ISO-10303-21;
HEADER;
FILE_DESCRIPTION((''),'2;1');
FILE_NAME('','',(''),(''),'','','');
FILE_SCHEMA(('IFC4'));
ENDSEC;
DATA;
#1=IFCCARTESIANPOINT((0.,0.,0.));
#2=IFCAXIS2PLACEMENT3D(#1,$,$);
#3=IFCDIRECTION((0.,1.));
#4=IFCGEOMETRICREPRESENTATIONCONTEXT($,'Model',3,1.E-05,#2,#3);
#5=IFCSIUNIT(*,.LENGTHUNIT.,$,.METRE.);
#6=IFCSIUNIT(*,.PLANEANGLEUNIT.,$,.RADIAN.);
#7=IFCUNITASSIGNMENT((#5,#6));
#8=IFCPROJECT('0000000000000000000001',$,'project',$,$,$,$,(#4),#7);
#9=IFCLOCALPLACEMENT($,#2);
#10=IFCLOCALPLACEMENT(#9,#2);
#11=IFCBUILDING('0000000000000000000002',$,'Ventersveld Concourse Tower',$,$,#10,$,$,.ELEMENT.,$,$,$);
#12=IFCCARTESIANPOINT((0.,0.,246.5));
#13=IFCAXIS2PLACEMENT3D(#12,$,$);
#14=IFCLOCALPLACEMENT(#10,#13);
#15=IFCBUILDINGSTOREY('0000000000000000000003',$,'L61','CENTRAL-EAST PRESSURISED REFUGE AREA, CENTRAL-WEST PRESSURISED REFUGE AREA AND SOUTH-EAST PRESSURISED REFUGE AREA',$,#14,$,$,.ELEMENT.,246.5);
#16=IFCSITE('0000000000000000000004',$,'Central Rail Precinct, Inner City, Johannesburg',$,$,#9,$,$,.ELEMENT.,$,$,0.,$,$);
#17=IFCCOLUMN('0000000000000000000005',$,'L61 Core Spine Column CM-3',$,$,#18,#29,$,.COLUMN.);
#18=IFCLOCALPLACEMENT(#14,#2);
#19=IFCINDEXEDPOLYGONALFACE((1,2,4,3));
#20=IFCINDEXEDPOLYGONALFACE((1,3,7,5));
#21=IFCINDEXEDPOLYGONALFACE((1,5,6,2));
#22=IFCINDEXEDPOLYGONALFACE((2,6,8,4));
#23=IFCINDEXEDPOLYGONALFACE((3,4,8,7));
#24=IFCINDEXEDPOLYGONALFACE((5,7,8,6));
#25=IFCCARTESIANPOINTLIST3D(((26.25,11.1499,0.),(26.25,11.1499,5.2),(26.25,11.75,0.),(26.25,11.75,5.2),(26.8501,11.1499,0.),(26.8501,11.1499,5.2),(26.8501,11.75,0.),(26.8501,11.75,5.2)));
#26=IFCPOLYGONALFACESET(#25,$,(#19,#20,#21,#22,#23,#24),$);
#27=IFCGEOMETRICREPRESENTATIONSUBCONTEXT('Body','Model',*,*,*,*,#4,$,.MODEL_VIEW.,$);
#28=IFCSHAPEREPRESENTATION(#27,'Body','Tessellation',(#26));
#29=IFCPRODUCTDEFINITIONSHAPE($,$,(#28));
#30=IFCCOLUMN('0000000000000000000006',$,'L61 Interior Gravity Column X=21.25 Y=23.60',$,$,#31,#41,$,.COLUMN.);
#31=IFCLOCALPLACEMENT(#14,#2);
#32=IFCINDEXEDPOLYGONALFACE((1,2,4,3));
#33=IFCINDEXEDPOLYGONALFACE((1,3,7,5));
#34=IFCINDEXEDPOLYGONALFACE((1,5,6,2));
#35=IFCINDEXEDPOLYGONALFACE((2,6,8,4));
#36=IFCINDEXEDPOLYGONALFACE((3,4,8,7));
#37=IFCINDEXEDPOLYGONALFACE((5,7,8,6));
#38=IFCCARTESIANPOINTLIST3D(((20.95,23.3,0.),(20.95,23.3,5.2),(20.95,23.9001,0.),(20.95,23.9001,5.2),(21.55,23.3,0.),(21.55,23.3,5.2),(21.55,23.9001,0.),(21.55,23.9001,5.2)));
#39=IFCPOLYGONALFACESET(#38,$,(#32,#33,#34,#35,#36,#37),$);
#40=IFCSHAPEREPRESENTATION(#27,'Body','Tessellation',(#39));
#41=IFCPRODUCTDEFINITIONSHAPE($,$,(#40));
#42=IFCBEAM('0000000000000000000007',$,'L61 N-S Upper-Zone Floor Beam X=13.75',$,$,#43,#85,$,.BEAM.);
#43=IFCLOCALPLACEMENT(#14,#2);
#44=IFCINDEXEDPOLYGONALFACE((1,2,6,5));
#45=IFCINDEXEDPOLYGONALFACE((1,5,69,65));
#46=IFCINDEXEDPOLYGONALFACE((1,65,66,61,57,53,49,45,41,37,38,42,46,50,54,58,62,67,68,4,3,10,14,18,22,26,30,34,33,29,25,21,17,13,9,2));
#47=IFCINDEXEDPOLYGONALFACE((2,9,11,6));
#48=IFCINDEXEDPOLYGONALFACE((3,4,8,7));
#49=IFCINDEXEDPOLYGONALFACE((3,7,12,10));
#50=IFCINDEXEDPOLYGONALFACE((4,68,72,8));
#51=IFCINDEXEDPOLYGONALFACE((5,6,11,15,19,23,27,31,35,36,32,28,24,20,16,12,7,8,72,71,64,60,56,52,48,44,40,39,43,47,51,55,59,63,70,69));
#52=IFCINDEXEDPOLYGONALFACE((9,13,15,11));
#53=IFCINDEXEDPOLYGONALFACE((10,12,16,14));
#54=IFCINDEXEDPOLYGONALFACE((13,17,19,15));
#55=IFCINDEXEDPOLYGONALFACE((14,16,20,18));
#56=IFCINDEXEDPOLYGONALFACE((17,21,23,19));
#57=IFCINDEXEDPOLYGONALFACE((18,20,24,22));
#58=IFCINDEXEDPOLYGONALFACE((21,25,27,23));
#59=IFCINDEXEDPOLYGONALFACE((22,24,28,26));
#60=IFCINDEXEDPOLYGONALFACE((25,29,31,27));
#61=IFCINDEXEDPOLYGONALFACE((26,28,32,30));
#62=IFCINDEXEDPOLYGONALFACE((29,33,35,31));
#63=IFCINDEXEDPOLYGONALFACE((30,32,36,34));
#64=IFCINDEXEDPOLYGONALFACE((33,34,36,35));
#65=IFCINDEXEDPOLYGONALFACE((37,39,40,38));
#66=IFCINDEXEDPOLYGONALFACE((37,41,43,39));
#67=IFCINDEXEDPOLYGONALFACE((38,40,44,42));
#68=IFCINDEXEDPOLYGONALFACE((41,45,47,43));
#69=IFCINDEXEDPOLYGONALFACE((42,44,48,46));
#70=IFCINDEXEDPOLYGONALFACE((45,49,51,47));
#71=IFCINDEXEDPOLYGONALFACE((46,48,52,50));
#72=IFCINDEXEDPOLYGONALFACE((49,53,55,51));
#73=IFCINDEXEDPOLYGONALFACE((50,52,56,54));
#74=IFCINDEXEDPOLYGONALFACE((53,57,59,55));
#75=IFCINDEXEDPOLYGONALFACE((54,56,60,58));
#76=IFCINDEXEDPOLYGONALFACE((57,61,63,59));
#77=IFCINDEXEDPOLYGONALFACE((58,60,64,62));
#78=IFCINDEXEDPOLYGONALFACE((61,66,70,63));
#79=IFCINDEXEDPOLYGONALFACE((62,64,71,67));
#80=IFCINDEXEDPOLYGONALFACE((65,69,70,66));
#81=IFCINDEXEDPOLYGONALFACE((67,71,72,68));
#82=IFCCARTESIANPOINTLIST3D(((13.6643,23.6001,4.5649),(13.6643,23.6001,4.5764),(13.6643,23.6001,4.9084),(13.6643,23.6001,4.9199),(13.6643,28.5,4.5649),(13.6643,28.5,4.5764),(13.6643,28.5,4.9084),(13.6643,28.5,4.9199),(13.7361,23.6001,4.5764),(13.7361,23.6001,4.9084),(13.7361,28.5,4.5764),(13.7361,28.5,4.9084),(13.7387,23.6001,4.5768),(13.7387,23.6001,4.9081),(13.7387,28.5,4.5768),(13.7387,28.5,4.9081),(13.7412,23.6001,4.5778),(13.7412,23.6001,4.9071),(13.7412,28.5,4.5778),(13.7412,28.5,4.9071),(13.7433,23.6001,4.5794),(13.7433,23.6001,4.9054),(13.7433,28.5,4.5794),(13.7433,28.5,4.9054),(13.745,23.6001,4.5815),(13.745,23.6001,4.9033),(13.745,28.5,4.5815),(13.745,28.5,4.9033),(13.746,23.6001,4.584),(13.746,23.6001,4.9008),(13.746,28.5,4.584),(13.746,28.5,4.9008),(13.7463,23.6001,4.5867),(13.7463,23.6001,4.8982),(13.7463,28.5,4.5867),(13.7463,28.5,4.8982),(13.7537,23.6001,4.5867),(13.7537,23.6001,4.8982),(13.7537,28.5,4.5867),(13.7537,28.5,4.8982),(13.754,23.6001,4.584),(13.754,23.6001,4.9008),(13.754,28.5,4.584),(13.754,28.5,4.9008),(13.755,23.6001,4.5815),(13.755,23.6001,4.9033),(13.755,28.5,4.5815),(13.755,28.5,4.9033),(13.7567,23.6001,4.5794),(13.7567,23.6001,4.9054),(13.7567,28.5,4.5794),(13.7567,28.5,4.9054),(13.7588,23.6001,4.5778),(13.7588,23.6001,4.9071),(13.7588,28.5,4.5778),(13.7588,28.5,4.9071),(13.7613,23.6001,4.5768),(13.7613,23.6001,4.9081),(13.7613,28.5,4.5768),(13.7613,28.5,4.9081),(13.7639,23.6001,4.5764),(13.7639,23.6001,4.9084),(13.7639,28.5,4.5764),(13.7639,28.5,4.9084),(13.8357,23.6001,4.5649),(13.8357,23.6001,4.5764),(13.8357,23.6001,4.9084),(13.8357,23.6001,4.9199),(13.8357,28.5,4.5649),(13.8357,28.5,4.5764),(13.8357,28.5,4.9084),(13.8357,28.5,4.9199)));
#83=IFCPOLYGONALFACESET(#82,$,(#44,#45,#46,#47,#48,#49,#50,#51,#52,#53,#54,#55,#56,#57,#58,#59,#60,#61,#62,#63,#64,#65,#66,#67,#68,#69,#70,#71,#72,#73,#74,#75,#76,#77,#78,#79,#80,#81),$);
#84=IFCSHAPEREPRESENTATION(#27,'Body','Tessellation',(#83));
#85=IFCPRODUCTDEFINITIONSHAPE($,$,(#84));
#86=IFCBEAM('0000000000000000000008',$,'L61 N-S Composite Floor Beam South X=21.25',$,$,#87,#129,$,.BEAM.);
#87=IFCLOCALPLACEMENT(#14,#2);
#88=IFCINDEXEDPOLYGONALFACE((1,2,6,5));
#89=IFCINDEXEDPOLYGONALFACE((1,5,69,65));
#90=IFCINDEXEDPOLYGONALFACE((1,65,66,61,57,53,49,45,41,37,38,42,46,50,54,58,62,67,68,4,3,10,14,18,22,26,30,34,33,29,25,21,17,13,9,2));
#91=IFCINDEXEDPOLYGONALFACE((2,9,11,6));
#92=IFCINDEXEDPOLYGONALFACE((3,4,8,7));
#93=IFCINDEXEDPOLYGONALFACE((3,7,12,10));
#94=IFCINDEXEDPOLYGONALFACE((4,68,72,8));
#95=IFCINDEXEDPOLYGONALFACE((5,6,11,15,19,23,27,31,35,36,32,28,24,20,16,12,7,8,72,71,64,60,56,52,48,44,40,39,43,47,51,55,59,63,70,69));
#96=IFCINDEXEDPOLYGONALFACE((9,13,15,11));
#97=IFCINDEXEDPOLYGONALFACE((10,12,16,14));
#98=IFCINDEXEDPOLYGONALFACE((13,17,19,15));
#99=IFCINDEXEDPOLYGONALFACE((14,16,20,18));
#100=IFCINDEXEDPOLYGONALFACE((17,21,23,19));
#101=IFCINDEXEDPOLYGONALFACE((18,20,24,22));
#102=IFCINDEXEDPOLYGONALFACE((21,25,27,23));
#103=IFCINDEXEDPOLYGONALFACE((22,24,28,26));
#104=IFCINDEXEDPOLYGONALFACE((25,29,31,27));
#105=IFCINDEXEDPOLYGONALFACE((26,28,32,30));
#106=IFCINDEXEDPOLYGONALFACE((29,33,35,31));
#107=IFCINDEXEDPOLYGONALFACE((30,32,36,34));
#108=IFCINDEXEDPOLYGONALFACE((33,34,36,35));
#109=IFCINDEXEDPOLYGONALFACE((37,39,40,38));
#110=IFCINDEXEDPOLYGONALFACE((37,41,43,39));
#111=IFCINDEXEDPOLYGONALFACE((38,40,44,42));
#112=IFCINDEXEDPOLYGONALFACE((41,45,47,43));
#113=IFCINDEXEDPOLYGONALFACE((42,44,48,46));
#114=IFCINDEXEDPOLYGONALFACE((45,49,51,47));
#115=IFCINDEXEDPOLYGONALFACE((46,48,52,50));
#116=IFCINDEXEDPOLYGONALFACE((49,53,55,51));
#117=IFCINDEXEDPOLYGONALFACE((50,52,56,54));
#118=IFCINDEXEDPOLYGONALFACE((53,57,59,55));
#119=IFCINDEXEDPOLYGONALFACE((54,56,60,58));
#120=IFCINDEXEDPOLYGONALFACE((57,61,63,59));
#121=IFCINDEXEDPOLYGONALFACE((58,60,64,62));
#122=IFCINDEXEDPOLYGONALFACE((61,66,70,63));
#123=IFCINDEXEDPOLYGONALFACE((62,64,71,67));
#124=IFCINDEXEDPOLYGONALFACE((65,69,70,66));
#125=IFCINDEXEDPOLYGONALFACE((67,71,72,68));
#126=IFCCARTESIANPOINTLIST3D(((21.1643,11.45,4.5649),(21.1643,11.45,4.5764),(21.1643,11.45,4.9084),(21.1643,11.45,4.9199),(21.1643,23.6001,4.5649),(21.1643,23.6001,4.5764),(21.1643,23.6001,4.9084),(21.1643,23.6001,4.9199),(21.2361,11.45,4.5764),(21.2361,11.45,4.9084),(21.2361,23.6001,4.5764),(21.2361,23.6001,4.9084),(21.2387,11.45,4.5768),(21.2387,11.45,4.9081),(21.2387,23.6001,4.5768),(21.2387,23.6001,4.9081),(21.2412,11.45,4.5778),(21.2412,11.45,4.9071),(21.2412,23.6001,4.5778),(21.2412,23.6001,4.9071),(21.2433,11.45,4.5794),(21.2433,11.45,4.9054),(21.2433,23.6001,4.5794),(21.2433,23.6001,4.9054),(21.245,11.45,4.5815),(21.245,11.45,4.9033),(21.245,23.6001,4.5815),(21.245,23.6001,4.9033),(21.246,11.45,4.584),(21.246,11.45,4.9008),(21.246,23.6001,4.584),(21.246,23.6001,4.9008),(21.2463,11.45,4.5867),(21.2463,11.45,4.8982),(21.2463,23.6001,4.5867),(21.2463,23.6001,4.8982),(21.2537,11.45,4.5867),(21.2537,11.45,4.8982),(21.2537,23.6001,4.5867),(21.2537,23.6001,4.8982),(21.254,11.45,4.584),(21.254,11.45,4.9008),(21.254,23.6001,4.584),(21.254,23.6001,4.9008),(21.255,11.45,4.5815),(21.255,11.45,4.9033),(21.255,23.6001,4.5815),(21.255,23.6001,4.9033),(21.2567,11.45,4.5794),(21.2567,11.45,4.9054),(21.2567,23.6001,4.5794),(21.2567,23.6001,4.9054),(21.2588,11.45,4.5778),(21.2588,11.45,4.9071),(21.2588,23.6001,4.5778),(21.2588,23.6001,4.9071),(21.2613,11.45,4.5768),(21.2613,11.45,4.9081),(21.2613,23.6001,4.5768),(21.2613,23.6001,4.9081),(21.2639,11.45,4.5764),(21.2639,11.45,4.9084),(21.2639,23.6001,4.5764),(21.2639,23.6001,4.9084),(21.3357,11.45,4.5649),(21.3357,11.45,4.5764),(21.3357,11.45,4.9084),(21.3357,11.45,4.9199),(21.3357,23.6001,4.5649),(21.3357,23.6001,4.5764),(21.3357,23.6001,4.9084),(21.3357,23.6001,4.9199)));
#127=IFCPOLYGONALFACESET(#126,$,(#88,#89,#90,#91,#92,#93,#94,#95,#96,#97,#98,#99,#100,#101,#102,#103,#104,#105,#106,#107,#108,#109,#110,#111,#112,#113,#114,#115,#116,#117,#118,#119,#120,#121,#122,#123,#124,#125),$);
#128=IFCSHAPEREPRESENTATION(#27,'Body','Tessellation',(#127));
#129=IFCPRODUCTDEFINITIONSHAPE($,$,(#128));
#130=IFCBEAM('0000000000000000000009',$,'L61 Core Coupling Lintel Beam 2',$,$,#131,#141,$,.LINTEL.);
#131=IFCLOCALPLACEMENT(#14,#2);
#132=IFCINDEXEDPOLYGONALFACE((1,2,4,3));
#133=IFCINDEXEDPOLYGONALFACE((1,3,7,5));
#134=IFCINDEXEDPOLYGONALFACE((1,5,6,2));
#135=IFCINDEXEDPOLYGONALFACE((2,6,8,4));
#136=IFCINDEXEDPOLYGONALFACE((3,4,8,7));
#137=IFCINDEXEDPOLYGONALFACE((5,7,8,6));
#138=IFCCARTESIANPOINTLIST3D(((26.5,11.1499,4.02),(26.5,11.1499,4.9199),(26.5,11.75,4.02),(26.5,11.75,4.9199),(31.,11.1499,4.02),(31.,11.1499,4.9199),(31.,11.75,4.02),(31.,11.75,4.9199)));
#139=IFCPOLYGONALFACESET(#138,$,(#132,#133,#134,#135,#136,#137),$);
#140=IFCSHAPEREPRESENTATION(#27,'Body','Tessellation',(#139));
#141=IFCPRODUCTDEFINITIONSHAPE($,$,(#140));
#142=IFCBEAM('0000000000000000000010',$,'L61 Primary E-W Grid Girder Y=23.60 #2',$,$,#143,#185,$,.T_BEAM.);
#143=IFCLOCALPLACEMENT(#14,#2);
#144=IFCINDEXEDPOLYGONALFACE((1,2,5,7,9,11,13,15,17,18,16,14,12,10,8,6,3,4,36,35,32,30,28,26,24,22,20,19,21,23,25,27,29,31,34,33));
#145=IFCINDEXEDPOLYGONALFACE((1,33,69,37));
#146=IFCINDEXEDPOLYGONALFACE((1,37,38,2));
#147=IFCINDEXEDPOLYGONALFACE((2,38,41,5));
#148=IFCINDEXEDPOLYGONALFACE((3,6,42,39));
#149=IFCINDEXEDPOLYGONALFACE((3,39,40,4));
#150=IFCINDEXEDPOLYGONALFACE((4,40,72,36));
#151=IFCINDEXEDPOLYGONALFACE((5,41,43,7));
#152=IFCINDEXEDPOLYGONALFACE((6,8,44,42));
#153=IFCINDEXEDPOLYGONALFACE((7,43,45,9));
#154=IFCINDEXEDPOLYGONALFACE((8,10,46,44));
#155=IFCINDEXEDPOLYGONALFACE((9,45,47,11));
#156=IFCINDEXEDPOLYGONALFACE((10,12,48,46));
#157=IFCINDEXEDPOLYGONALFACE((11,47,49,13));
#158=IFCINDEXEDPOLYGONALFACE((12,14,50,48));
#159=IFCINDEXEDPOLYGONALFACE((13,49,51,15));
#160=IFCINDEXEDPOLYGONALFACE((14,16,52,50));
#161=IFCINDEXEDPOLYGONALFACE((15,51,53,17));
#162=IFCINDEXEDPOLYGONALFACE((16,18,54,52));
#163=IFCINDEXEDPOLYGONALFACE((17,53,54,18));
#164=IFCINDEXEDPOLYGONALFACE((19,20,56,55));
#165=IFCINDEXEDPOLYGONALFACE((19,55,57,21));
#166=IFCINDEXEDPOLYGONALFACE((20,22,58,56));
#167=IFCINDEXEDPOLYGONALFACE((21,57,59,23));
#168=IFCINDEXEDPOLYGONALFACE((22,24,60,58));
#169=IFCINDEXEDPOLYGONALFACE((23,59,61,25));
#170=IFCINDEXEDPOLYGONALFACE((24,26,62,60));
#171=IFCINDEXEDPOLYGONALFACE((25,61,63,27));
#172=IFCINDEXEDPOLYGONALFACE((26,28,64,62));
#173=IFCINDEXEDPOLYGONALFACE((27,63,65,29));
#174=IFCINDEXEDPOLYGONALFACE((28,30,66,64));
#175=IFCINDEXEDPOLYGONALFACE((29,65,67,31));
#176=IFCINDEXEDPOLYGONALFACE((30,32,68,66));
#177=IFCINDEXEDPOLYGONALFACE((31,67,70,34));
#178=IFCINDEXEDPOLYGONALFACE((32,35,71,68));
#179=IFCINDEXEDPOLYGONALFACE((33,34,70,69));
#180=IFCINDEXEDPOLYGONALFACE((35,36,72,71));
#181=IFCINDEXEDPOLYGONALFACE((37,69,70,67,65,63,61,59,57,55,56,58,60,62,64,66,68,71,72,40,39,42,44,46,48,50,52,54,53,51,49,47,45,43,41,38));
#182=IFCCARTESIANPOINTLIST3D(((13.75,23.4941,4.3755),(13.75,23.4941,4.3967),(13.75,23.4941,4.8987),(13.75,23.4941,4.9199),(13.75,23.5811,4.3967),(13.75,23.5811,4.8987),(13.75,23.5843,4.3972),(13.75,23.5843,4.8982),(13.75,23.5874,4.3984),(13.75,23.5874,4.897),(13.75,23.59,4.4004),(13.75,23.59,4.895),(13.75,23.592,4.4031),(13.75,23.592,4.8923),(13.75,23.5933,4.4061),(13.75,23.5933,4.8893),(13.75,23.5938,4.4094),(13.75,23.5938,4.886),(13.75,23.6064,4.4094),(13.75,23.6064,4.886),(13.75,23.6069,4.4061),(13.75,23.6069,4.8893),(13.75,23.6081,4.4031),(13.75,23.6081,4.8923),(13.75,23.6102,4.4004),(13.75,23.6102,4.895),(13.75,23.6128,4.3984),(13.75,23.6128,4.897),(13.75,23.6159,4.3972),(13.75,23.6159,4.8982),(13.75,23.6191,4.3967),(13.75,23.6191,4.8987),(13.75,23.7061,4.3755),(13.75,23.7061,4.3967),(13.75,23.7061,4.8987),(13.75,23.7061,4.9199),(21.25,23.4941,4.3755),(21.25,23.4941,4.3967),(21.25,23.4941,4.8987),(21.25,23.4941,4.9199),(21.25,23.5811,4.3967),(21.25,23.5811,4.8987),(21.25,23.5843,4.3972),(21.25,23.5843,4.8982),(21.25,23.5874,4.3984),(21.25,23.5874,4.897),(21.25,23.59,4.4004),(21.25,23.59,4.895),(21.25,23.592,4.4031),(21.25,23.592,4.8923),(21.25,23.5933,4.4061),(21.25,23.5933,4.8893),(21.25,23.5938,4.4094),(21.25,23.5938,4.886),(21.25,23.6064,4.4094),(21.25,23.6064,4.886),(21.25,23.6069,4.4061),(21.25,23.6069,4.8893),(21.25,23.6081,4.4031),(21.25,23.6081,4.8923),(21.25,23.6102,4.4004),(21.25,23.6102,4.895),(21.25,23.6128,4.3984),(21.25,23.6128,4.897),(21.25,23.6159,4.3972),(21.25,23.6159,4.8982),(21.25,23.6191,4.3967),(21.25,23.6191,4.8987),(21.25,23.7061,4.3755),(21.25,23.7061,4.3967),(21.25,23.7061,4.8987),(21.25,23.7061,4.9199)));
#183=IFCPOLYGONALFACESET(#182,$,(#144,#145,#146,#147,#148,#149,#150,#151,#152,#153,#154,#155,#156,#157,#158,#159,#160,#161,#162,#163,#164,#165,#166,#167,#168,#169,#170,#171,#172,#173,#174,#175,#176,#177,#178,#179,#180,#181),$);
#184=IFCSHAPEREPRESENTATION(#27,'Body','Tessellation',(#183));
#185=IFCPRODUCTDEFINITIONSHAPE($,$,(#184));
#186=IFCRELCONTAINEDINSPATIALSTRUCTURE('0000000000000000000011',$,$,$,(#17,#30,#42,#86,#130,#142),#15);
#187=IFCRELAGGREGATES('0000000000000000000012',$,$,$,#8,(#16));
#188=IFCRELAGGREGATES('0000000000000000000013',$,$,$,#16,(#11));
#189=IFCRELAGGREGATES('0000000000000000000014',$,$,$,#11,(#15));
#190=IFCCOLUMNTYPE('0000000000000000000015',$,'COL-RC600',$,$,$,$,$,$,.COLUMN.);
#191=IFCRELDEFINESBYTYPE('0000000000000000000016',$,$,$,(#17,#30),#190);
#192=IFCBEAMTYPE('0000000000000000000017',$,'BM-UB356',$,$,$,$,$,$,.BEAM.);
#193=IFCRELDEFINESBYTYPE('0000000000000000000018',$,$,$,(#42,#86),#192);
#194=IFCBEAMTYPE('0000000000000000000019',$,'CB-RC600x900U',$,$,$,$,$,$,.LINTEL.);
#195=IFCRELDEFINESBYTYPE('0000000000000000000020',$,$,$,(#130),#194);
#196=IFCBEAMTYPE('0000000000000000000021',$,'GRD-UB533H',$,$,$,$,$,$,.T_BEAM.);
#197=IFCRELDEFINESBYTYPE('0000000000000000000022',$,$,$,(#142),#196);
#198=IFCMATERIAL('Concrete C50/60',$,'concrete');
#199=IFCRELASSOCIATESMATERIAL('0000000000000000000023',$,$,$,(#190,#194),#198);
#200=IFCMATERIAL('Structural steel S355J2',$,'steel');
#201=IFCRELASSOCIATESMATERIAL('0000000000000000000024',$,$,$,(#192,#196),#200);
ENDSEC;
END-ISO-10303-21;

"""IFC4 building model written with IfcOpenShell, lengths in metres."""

from ifc_helpers import new_model, si_unit, direction, frame, origin, origin_2d, place, context, subcontext, project, spatial, rectangle, i_section, extrude, material, material_profile, profile_set, type_object, element, save


model = new_model("IFC4")

# Units and contexts
model_context = context("Model", 3, precision=1e-05, world=origin(), true_north=direction((0.0, 1.0)))
body_context = subcontext(model_context, "Body", "Model", "MODEL_VIEW")
ifc_project = project(units=[si_unit("LENGTHUNIT", "METRE"), si_unit("PLANEANGLEUNIT", "RADIAN")], contexts=[model_context])

# Site, building, storey
site_placement = place(None, origin())
site = spatial("IfcSite", under=ifc_project, at=site_placement, Name="Central Rail Precinct, Inner City, Johannesburg", CompositionType="ELEMENT", RefElevation=0.0)
building_placement = place(site_placement, origin())
building = spatial("IfcBuilding", under=site, at=building_placement, Name="Ventersveld Concourse Tower", CompositionType="ELEMENT")
storey_placement = place(building_placement, frame((0.0, 0.0, 246.5)))
storey = spatial("IfcBuildingStorey", under=building, at=storey_placement, Name="L61", Description="CENTRAL-EAST PRESSURISED REFUGE AREA, CENTRAL-WEST PRESSURISED REFUGE AREA AND SOUTH-EAST PRESSURISED REFUGE AREA", CompositionType="ELEMENT", Elevation=246.5)

# Columns
ifc_material_1 = material(Name="Concrete C50/60", Category="concrete")
ifc_material_profile_1 = material_profile(ifc_material_1, rectangle(XDim=0.6001, YDim=0.6001, at=origin_2d()), Name="RC 600x600")
ifc_profile_set_1 = profile_set([ifc_material_profile_1], Name="Concrete C50/60")
column_type = type_object("IfcColumnType", Name="COL-RC600", PredefinedType="COLUMN", material=ifc_profile_set_1)
for number, where, z_axis, x_axis, name in (
    (1, (26.55, 11.45, 0.0), (0.0, 0.0, 1.0), (1.0, 0.0, 0.0), "L61 Core Spine Column CM-3"),
    (2, (21.25, 23.6001, 0.0), (0.0, 0.0, 1.0), (1.0, 0.0, 0.0), "L61 Interior Gravity Column X=21.25 Y=23.60"),
):
    element("IfcColumn", number, at=place(storey_placement, frame(where, z_axis=z_axis, x_axis=x_axis)), inside=storey, type_object=column_type, Name=name, PredefinedType="COLUMN", context=body_context, shape_type="SweptSolid", body=[
        extrude(rectangle(XDim=0.6001, YDim=0.6001, at=origin_2d()), origin(), (0.0, 0.0, 1.0), 5.2),
    ])

# Beams
ifc_material_2 = material(Name="Structural steel S355J2", Category="steel")
ifc_material_profile_2 = material_profile(ifc_material_2, i_section(OverallWidth=0.1714, OverallDepth=0.355, WebThickness=0.0073, FlangeThickness=0.0115, FilletRadius=0.0103, at=origin_2d()), Name="UB 356x171x51")
ifc_profile_set_2 = profile_set([ifc_material_profile_2], Name="Structural steel S355J2")
beam_type_1 = type_object("IfcBeamType", Name="BM-UB356", PredefinedType="BEAM", material=ifc_profile_set_2)
beam_1_placement = place(storey_placement, frame((13.75, 23.6001, 4.7424), z_axis=(0.0, 1.0, 0.0), x_axis=(-1.0, 0.0, 0.0)))
element("IfcBeam", 3, at=beam_1_placement, inside=storey, type_object=beam_type_1, Name="L61 N-S Upper-Zone Floor Beam X=13.75", PredefinedType="BEAM", context=body_context, shape_type="SweptSolid", body=[
    extrude(i_section(OverallWidth=0.1714, OverallDepth=0.355, WebThickness=0.0073, FlangeThickness=0.0115, FilletRadius=0.0103, at=origin_2d()), origin(), (0.0, 0.0, 1.0), 4.8999),
])
beam_2_placement = place(storey_placement, frame((21.25, 11.45, 4.7424), z_axis=(0.0, 1.0, 0.0), x_axis=(-1.0, 0.0, 0.0)))
element("IfcBeam", 4, at=beam_2_placement, inside=storey, type_object=beam_type_1, Name="L61 N-S Composite Floor Beam South X=21.25", PredefinedType="BEAM", context=body_context, shape_type="SweptSolid", body=[
    extrude(i_section(OverallWidth=0.1714, OverallDepth=0.355, WebThickness=0.0073, FlangeThickness=0.0115, FilletRadius=0.0103, at=origin_2d()), origin(), (0.0, 0.0, 1.0), 12.1501),
])
ifc_material_profile_3 = material_profile(ifc_material_1, rectangle(XDim=0.6001, YDim=0.8999, at=origin_2d()), Name="RC 600x900")
ifc_profile_set_3 = profile_set([ifc_material_profile_3], Name="Concrete C50/60")
beam_type_2 = type_object("IfcBeamType", Name="CB-RC600x900U", PredefinedType="LINTEL", material=ifc_profile_set_3)
beam_3_placement = place(storey_placement, frame((26.5, 11.45, 4.47), z_axis=(1.0, 0.0, 0.0), x_axis=(0.0, 1.0, 0.0)))
element("IfcBeam", 5, at=beam_3_placement, inside=storey, type_object=beam_type_2, Name="L61 Core Coupling Lintel Beam 2", PredefinedType="LINTEL", context=body_context, shape_type="SweptSolid", body=[
    extrude(rectangle(XDim=0.6001, YDim=0.8999, at=origin_2d()), origin(), (0.0, 0.0, 1.0), 4.5),
])
ifc_material_profile_4 = material_profile(ifc_material_2, i_section(OverallWidth=0.2119, OverallDepth=0.5444, WebThickness=0.0127, FlangeThickness=0.0212, FilletRadius=0.0127, at=origin_2d()), Name="UB 533x210x122")
ifc_profile_set_4 = profile_set([ifc_material_profile_4], Name="Structural steel S355J2")
beam_type_3 = type_object("IfcBeamType", Name="GRD-UB533H", PredefinedType="T_BEAM", material=ifc_profile_set_4)
for number, where, z_axis, x_axis, name in (
    (6, (13.75, 23.6001, 4.6477), (1.0, 0.0, 0.0), (0.0, 1.0, 0.0), "L61 Primary E-W Grid Girder Y=23.60 #2"),
):
    element("IfcBeam", number, at=place(storey_placement, frame(where, z_axis=z_axis, x_axis=x_axis)), inside=storey, type_object=beam_type_3, Name=name, PredefinedType="T_BEAM", context=body_context, shape_type="SweptSolid", body=[
        extrude(i_section(OverallWidth=0.2119, OverallDepth=0.5444, WebThickness=0.0127, FlangeThickness=0.0212, FilletRadius=0.0127, at=origin_2d()), origin(), (0.0, 0.0, 1.0), 7.5),
    ])

save(model, "model.ifc")
